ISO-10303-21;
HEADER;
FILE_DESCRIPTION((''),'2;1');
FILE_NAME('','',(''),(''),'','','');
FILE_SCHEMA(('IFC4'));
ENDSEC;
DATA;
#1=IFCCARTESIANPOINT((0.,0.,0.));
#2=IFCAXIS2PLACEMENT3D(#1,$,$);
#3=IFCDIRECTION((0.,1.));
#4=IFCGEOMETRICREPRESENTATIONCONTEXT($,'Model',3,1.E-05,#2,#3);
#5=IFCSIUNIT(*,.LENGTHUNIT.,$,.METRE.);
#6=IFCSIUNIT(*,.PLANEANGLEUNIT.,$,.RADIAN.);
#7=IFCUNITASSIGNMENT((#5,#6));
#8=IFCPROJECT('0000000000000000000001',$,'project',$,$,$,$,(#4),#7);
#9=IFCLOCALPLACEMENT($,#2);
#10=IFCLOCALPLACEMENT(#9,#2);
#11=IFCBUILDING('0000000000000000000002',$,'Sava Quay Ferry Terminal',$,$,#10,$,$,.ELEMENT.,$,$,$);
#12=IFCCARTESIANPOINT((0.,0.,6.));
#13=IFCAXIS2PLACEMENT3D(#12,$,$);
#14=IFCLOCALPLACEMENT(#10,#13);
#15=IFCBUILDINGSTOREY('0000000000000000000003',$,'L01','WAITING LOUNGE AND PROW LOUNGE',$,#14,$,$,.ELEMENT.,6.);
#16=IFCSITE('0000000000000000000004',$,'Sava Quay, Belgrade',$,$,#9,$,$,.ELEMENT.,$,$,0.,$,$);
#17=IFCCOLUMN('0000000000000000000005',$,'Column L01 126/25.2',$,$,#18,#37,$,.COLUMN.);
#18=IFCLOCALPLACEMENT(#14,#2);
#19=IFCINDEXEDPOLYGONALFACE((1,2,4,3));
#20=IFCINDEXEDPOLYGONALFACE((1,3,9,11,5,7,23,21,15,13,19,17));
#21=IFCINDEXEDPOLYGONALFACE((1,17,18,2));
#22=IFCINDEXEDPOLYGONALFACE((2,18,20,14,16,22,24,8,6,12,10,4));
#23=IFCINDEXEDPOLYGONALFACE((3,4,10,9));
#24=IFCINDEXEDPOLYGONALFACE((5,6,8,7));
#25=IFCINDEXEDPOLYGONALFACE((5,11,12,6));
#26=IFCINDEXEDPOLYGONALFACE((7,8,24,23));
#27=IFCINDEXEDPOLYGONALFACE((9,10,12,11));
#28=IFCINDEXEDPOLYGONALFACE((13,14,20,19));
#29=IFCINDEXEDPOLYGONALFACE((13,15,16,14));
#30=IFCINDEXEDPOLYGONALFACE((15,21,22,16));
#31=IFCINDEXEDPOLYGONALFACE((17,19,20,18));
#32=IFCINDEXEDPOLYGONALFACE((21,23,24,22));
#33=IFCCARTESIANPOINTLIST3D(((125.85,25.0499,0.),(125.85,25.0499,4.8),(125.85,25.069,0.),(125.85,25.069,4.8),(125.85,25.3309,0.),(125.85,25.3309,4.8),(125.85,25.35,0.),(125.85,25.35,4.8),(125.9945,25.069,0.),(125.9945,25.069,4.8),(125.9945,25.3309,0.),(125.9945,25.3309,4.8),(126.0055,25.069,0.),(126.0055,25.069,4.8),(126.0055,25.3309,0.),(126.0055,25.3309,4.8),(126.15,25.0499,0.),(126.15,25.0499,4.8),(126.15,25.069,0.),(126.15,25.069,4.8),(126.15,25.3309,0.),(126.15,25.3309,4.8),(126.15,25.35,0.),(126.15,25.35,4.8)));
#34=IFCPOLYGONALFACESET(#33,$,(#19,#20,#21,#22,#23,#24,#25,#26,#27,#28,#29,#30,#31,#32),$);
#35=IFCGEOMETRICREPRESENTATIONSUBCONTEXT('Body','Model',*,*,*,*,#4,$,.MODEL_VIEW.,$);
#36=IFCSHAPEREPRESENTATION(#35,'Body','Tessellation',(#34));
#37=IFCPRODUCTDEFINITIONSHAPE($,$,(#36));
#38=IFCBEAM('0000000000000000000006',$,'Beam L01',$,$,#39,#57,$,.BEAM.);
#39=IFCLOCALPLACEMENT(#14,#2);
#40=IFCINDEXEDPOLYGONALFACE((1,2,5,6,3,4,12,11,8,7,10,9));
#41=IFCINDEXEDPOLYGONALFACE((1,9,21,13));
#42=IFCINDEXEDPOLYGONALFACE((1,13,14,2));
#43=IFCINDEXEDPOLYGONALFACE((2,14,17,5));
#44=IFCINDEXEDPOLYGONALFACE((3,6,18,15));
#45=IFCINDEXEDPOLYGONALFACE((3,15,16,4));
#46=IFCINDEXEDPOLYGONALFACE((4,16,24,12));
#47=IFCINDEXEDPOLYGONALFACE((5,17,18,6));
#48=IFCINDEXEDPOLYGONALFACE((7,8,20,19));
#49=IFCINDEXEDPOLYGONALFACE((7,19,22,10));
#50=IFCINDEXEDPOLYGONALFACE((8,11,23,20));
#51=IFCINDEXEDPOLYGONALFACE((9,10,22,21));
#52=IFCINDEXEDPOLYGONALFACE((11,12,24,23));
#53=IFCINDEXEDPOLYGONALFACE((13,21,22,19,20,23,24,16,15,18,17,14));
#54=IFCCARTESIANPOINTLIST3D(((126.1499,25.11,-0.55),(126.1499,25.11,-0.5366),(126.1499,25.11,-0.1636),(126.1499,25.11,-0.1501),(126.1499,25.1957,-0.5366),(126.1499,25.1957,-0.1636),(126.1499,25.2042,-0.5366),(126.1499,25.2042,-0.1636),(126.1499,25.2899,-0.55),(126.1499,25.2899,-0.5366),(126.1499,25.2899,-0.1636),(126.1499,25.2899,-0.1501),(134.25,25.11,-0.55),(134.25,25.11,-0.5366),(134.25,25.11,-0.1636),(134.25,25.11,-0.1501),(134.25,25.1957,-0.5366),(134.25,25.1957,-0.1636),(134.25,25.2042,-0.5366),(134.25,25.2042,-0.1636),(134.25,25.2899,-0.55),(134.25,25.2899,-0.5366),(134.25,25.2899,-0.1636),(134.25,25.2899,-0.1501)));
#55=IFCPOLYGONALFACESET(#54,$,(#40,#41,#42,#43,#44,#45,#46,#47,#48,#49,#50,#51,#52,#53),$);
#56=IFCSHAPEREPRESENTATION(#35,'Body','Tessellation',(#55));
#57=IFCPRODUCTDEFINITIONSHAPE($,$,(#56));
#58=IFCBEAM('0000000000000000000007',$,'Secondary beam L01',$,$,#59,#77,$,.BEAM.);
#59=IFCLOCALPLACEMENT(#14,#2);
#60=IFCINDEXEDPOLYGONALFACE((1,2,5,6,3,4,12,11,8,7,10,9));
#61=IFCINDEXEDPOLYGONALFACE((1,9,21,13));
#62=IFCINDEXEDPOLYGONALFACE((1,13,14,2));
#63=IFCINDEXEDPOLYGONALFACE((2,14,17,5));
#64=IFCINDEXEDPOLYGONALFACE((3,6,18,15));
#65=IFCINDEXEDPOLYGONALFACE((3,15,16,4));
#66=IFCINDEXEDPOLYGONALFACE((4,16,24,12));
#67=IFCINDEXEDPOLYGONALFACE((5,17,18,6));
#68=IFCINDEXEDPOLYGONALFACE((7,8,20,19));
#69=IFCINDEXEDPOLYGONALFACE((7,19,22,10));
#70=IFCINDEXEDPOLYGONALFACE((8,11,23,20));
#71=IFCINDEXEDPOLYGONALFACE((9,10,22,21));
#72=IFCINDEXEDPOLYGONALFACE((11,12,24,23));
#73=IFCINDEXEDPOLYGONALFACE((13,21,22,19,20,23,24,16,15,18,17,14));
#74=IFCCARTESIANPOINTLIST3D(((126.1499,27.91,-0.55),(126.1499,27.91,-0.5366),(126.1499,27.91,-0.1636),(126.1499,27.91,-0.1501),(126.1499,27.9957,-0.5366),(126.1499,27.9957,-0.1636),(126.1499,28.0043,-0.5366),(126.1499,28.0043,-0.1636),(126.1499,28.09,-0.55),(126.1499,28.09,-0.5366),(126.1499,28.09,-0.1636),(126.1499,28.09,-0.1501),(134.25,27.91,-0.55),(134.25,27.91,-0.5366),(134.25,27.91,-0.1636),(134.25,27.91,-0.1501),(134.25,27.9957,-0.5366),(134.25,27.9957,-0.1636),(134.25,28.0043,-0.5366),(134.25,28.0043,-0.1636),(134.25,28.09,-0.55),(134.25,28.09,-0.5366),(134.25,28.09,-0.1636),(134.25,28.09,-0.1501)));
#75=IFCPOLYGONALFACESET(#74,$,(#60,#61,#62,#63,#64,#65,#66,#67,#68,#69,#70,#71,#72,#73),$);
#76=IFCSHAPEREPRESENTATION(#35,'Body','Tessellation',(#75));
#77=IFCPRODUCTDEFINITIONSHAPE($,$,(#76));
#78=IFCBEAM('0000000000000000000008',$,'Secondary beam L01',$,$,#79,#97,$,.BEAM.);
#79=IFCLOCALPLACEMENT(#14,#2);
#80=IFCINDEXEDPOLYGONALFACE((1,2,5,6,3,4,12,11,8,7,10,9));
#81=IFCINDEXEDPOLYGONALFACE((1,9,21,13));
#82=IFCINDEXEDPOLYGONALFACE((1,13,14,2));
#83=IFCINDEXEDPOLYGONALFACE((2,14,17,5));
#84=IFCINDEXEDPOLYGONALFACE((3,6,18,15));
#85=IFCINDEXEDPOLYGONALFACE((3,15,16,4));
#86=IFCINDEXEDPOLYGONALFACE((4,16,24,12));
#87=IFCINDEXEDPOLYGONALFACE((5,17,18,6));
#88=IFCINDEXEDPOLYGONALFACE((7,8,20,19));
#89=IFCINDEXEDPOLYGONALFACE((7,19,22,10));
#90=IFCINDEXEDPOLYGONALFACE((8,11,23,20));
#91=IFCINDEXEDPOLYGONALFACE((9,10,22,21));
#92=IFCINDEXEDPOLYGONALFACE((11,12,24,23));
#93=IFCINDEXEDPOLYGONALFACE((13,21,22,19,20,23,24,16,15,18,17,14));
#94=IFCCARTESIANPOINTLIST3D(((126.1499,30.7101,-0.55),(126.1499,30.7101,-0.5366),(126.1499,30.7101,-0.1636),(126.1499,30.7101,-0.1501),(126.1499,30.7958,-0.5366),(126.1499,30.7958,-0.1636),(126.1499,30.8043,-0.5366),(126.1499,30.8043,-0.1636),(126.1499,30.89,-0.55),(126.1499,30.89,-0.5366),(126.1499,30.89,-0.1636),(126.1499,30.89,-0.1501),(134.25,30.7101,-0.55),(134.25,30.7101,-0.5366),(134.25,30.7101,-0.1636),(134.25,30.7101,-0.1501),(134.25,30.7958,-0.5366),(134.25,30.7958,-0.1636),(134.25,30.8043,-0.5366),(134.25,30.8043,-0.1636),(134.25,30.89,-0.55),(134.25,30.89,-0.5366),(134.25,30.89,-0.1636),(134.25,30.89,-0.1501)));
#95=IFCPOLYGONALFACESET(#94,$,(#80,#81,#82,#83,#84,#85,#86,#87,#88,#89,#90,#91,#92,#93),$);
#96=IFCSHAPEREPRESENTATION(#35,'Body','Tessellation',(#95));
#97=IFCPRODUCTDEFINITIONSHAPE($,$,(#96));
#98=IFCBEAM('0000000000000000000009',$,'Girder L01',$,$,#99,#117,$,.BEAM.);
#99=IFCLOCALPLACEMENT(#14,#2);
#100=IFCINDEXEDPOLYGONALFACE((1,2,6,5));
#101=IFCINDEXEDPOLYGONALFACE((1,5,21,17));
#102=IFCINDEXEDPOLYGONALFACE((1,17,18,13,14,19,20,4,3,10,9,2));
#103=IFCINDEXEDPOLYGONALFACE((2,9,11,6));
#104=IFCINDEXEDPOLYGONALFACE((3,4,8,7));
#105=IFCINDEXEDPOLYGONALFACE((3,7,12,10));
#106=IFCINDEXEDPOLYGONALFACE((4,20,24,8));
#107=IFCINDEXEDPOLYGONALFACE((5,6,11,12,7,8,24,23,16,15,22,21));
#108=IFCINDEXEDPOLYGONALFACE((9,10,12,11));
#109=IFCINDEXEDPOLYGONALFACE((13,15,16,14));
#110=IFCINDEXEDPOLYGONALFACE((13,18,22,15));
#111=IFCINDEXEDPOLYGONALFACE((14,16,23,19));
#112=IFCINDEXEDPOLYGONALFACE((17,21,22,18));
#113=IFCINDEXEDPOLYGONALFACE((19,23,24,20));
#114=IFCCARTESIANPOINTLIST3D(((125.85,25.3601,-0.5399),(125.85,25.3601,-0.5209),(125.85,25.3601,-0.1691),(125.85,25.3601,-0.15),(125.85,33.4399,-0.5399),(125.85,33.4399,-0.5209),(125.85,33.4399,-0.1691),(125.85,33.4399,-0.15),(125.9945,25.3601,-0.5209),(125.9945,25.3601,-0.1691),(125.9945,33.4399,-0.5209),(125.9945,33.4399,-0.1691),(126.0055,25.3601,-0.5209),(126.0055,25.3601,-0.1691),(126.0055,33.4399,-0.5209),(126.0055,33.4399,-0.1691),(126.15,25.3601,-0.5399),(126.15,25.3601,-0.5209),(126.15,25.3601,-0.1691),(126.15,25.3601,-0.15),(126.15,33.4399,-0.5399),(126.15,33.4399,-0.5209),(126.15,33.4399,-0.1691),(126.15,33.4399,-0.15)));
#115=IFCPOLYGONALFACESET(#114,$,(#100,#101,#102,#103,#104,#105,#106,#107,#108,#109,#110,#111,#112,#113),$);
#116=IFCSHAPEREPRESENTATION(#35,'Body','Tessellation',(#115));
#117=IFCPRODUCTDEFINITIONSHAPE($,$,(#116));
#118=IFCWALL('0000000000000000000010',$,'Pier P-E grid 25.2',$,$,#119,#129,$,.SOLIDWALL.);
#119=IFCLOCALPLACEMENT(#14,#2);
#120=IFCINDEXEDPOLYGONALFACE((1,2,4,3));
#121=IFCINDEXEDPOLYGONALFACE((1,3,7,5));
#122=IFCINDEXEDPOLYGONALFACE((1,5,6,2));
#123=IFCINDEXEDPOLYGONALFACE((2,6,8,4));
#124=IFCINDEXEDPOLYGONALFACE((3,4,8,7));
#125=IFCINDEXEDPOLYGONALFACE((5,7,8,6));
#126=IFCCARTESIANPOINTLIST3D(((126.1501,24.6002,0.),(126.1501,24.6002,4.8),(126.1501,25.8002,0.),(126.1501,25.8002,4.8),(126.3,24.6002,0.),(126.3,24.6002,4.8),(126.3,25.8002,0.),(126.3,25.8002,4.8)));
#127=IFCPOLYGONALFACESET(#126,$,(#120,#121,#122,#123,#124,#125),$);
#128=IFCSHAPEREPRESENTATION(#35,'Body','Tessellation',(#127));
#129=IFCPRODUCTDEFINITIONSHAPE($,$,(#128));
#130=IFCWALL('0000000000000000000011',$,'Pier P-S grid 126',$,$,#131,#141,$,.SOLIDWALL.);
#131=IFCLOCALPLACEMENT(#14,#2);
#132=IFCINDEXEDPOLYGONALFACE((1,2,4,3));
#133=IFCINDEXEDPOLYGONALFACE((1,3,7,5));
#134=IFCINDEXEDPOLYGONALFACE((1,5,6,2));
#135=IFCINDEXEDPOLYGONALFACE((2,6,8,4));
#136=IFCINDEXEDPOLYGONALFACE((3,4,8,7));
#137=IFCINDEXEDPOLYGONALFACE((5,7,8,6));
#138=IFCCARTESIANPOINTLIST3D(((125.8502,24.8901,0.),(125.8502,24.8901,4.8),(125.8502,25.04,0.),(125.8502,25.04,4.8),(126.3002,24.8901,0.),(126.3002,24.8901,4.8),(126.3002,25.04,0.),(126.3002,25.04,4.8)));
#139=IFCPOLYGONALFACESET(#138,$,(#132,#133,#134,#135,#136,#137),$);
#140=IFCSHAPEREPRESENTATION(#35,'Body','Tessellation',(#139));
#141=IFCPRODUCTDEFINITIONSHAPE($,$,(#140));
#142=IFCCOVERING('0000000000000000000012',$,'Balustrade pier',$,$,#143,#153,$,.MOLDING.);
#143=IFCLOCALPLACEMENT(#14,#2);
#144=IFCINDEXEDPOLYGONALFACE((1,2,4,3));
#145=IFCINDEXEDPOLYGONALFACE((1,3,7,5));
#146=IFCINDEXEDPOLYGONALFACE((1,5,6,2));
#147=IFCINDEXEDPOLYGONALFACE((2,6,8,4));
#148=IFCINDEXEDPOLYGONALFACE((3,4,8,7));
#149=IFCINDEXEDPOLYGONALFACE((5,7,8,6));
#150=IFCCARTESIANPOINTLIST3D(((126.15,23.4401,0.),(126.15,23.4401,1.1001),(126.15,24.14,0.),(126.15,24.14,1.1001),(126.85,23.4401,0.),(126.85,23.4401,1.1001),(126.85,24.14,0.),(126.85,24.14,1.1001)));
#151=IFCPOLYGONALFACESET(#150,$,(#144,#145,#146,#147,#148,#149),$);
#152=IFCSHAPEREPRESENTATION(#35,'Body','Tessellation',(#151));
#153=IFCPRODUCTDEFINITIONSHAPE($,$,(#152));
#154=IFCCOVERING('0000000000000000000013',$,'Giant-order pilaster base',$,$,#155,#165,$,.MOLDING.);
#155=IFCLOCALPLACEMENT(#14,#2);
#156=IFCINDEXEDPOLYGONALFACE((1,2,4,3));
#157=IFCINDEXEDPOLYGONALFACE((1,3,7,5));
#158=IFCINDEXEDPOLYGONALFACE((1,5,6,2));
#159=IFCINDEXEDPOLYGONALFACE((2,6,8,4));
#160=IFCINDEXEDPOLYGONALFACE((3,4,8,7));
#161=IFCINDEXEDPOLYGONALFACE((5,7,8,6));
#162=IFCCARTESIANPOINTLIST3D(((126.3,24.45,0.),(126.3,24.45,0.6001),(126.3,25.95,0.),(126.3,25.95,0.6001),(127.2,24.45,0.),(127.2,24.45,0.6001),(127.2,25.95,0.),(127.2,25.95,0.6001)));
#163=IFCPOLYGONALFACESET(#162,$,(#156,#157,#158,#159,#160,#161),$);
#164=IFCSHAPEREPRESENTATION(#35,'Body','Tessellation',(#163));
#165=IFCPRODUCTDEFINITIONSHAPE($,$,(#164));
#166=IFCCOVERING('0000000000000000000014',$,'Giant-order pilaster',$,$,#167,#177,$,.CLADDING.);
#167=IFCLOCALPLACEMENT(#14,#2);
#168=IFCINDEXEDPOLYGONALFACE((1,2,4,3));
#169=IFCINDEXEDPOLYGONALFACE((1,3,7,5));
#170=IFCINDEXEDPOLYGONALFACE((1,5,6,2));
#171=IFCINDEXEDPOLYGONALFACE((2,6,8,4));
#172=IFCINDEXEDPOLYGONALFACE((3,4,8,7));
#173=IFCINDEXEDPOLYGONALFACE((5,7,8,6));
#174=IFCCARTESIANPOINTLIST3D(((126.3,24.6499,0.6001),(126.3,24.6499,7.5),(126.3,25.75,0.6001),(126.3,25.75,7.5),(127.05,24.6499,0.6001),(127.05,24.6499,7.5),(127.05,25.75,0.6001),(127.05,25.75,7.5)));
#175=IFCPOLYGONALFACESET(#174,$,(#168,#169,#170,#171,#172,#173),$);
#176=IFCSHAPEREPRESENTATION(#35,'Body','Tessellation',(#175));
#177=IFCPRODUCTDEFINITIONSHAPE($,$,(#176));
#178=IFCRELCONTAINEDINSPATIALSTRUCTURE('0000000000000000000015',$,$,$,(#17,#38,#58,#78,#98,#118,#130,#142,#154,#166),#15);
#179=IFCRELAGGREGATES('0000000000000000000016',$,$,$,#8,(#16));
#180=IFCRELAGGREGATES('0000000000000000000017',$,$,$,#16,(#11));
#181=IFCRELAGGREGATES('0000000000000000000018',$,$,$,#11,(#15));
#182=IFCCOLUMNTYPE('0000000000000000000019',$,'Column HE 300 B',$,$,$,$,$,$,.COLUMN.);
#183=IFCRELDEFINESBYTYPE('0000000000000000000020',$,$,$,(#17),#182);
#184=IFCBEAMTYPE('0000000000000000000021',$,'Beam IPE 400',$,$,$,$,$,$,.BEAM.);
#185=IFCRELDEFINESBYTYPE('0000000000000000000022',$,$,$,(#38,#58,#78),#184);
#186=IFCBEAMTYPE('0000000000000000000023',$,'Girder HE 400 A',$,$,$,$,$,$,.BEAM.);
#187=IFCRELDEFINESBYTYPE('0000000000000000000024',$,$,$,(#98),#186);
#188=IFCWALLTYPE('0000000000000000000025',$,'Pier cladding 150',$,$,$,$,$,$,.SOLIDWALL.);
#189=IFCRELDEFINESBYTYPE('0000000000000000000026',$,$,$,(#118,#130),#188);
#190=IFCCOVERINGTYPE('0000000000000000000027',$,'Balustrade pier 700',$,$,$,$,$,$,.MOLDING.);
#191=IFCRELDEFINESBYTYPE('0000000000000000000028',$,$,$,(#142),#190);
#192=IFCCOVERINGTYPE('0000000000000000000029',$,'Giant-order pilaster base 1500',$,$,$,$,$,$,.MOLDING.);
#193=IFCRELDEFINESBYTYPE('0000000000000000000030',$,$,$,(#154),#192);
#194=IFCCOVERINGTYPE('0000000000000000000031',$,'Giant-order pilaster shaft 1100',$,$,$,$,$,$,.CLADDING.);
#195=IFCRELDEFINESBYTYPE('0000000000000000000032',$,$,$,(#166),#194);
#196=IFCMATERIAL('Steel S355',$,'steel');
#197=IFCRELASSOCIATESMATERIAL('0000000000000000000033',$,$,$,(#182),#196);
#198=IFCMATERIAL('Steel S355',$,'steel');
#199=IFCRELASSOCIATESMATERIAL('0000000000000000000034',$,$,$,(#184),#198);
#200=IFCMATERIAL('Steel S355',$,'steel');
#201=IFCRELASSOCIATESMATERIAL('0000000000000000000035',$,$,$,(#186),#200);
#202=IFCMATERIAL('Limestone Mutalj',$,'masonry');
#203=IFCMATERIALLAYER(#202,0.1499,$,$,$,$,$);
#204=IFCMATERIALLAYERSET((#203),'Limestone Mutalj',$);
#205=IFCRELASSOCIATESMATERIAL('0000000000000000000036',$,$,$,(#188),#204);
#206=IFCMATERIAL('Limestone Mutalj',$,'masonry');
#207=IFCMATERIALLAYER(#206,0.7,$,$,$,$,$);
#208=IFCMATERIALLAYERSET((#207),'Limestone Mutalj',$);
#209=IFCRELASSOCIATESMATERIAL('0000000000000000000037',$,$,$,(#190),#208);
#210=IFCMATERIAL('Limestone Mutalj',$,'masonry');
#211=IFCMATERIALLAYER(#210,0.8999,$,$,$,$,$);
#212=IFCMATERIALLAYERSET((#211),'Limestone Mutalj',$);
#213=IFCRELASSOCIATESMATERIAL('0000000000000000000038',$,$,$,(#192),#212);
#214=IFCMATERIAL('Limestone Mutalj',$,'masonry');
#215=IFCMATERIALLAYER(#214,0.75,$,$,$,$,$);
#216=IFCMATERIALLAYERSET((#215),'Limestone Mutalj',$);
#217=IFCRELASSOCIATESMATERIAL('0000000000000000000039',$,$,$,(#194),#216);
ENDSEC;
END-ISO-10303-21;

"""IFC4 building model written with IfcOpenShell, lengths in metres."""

from ifc_helpers import new_model, si_unit, direction, frame, frame_2d, origin, origin_2d, place, context, subcontext, project, spatial, rectangle, i_section, extrude, material, layer, layer_set, material_profile, profile_set, type_object, element, save


model = new_model("IFC4")

# Units and contexts
model_context = context("Model", 3, precision=1e-05, world=origin(), true_north=direction((0.0, 1.0)))
body_context = subcontext(model_context, "Body", "Model", "MODEL_VIEW")
ifc_project = project(units=[si_unit("LENGTHUNIT", "METRE"), si_unit("PLANEANGLEUNIT", "RADIAN")], contexts=[model_context])

# Site, building, storey
site_placement = place(None, origin())
site = spatial("IfcSite", under=ifc_project, at=site_placement, Name="Sava Quay, Belgrade", CompositionType="ELEMENT", RefElevation=0.0)
building_placement = place(site_placement, origin())
building = spatial("IfcBuilding", under=site, at=building_placement, Name="Sava Quay Ferry Terminal", CompositionType="ELEMENT")
storey_placement = place(building_placement, frame((0.0, 0.0, 6.0)))
storey = spatial("IfcBuildingStorey", under=building, at=storey_placement, Name="L01", Description="WAITING LOUNGE AND PROW LOUNGE", CompositionType="ELEMENT", Elevation=6.0)

# Column
ifc_material_1 = material(Name="Steel S355", Category="steel")
ifc_material_profile_1 = material_profile(ifc_material_1, i_section(OverallWidth=0.3, OverallDepth=0.3, WebThickness=0.011, FlangeThickness=0.019, at=origin_2d()), Name="HE 300 B")
ifc_profile_set_1 = profile_set([ifc_material_profile_1], Name="Steel S355")
column_type = type_object("IfcColumnType", Name="Column HE 300 B", PredefinedType="COLUMN", material=ifc_profile_set_1)
column_placement = place(storey_placement, frame((126.0, 25.2, 0.0), z_axis=(0.0, 0.0, 1.0), x_axis=(1.0, 0.0, 0.0)))
element("IfcColumn", 1, at=column_placement, inside=storey, type_object=column_type, Name="Column L01 126/25.2", PredefinedType="COLUMN", context=body_context, shape_type="SweptSolid", body=[
    extrude(i_section(OverallWidth=0.3, OverallDepth=0.3, WebThickness=0.011, FlangeThickness=0.019, at=origin_2d()), origin(), (0.0, 0.0, 1.0), 4.8),
])

# Beams
ifc_material_2 = material(Name="Steel S355", Category="steel")
ifc_material_profile_2 = material_profile(ifc_material_2, i_section(OverallWidth=0.1799, OverallDepth=0.3999, WebThickness=0.0085, FlangeThickness=0.0134, at=origin_2d()), Name="IPE 400")
ifc_profile_set_2 = profile_set([ifc_material_profile_2], Name="Steel S355")
beam_type_1 = type_object("IfcBeamType", Name="Beam IPE 400", PredefinedType="BEAM", material=ifc_profile_set_2)
for number, where, z_axis, x_axis, name in (
    (2, (126.1499, 25.2, -0.3501), (1.0, 0.0, 0.0), (0.0, 1.0, 0.0), "Beam L01"),
    (3, (126.1499, 28.0, -0.3501), (1.0, 0.0, 0.0), (0.0, 1.0, 0.0), "Secondary beam L01"),
    (4, (126.1499, 30.8, -0.3501), (1.0, 0.0, 0.0), (0.0, 1.0, 0.0), "Secondary beam L01"),
):
    element("IfcBeam", number, at=place(storey_placement, frame(where, z_axis=z_axis, x_axis=x_axis)), inside=storey, type_object=beam_type_1, Name=name, PredefinedType="BEAM", context=body_context, shape_type="SweptSolid", body=[
        extrude(i_section(OverallWidth=0.1799, OverallDepth=0.3999, WebThickness=0.0085, FlangeThickness=0.0134, at=origin_2d()), origin(), (0.0, 0.0, 1.0), 8.1001),
    ])
ifc_material_3 = material(Name="Steel S355", Category="steel")
ifc_material_profile_3 = material_profile(ifc_material_3, i_section(OverallWidth=0.3, OverallDepth=0.3899, WebThickness=0.011, FlangeThickness=0.019, at=origin_2d()), Name="HE 400 A")
ifc_profile_set_3 = profile_set([ifc_material_profile_3], Name="Steel S355")
beam_type_2 = type_object("IfcBeamType", Name="Girder HE 400 A", PredefinedType="BEAM", material=ifc_profile_set_3)
beam_placement = place(storey_placement, frame((126.0, 25.3601, -0.345), z_axis=(0.0, 1.0, 0.0), x_axis=(-1.0, 0.0, 0.0)))
element("IfcBeam", 5, at=beam_placement, inside=storey, type_object=beam_type_2, Name="Girder L01", PredefinedType="BEAM", context=body_context, shape_type="SweptSolid", body=[
    extrude(i_section(OverallWidth=0.3, OverallDepth=0.3899, WebThickness=0.011, FlangeThickness=0.019, at=origin_2d()), origin(), (0.0, 0.0, 1.0), 8.0798),
])

# Walls
ifc_material_4 = material(Name="Limestone Mutalj", Category="masonry")
ifc_layer_1 = layer(ifc_material_4, 0.1499)
ifc_layer_set_1 = layer_set([ifc_layer_1], Name="Limestone Mutalj")
wall_type_1 = type_object("IfcWallType", Name="Pier cladding 150", PredefinedType="SOLIDWALL", material=ifc_layer_set_1)
wall_1_placement = place(storey_placement, frame((126.2251, 24.6001, 0.0), z_axis=(0.0, 0.0, 1.0), x_axis=(0.0, 1.0, 0.0)))
element("IfcWall", 6, at=wall_1_placement, inside=storey, type_object=wall_type_1, Name="Pier P-E grid 25.2", PredefinedType="SOLIDWALL", context=body_context, shape_type="SweptSolid", body=[
    extrude(rectangle(XDim=1.2, YDim=0.1499, at=frame_2d((0.6001, 0.0))), origin(), (0.0, 0.0, 1.0), 4.8),
])
wall_2_placement = place(storey_placement, frame((125.8501, 24.9651, 0.0), z_axis=(0.0, 0.0, 1.0), x_axis=(1.0, 0.0, 0.0)))
element("IfcWall", 7, at=wall_2_placement, inside=storey, type_object=wall_type_1, Name="Pier P-S grid 126", PredefinedType="SOLIDWALL", context=body_context, shape_type="SweptSolid", body=[
    extrude(rectangle(XDim=0.45, YDim=0.1499, at=frame_2d((0.2251, 0.0))), origin(), (0.0, 0.0, 1.0), 4.8),
])

# Coverings
ifc_material_5 = material(Name="Limestone Mutalj", Category="masonry")
ifc_layer_2 = layer(ifc_material_5, 0.7)
ifc_layer_set_2 = layer_set([ifc_layer_2], Name="Limestone Mutalj")
covering_type_1 = type_object("IfcCoveringType", Name="Balustrade pier 700", PredefinedType="MOLDING", material=ifc_layer_set_2)
covering_1_placement = place(storey_placement, frame((126.5, 23.79, 0.0), z_axis=(0.0, 0.0, 1.0), x_axis=(1.0, 0.0, 0.0)))
element("IfcCovering", 8, at=covering_1_placement, inside=storey, type_object=covering_type_1, Name="Balustrade pier", PredefinedType="MOLDING", context=body_context, shape_type="SweptSolid", body=[
    extrude(rectangle(XDim=0.7, YDim=0.7, at=origin_2d()), origin(), (0.0, 0.0, 1.0), 1.1001),
])
ifc_material_6 = material(Name="Limestone Mutalj", Category="masonry")
ifc_layer_3 = layer(ifc_material_6, 0.8999)
ifc_layer_set_3 = layer_set([ifc_layer_3], Name="Limestone Mutalj")
covering_type_2 = type_object("IfcCoveringType", Name="Giant-order pilaster base 1500", PredefinedType="MOLDING", material=ifc_layer_set_3)
covering_2_placement = place(storey_placement, frame((126.75, 25.2, 0.0), z_axis=(0.0, 0.0, 1.0), x_axis=(1.0, 0.0, 0.0)))
element("IfcCovering", 9, at=covering_2_placement, inside=storey, type_object=covering_type_2, Name="Giant-order pilaster base", PredefinedType="MOLDING", context=body_context, shape_type="SweptSolid", body=[
    extrude(rectangle(XDim=0.8999, YDim=1.5, at=origin_2d()), origin(), (0.0, 0.0, 1.0), 0.6001),
])
ifc_material_7 = material(Name="Limestone Mutalj", Category="masonry")
ifc_layer_4 = layer(ifc_material_7, 0.75)
ifc_layer_set_4 = layer_set([ifc_layer_4], Name="Limestone Mutalj")
covering_type_3 = type_object("IfcCoveringType", Name="Giant-order pilaster shaft 1100", PredefinedType="CLADDING", material=ifc_layer_set_4)
covering_3_placement = place(storey_placement, frame((126.675, 25.2, 0.6001), z_axis=(0.0, 0.0, 1.0), x_axis=(1.0, 0.0, 0.0)))
element("IfcCovering", 10, at=covering_3_placement, inside=storey, type_object=covering_type_3, Name="Giant-order pilaster", PredefinedType="CLADDING", context=body_context, shape_type="SweptSolid", body=[
    extrude(rectangle(XDim=0.75, YDim=1.1001, at=origin_2d()), origin(), (0.0, 0.0, 1.0), 6.8999),
])

save(model, "model.ifc")
